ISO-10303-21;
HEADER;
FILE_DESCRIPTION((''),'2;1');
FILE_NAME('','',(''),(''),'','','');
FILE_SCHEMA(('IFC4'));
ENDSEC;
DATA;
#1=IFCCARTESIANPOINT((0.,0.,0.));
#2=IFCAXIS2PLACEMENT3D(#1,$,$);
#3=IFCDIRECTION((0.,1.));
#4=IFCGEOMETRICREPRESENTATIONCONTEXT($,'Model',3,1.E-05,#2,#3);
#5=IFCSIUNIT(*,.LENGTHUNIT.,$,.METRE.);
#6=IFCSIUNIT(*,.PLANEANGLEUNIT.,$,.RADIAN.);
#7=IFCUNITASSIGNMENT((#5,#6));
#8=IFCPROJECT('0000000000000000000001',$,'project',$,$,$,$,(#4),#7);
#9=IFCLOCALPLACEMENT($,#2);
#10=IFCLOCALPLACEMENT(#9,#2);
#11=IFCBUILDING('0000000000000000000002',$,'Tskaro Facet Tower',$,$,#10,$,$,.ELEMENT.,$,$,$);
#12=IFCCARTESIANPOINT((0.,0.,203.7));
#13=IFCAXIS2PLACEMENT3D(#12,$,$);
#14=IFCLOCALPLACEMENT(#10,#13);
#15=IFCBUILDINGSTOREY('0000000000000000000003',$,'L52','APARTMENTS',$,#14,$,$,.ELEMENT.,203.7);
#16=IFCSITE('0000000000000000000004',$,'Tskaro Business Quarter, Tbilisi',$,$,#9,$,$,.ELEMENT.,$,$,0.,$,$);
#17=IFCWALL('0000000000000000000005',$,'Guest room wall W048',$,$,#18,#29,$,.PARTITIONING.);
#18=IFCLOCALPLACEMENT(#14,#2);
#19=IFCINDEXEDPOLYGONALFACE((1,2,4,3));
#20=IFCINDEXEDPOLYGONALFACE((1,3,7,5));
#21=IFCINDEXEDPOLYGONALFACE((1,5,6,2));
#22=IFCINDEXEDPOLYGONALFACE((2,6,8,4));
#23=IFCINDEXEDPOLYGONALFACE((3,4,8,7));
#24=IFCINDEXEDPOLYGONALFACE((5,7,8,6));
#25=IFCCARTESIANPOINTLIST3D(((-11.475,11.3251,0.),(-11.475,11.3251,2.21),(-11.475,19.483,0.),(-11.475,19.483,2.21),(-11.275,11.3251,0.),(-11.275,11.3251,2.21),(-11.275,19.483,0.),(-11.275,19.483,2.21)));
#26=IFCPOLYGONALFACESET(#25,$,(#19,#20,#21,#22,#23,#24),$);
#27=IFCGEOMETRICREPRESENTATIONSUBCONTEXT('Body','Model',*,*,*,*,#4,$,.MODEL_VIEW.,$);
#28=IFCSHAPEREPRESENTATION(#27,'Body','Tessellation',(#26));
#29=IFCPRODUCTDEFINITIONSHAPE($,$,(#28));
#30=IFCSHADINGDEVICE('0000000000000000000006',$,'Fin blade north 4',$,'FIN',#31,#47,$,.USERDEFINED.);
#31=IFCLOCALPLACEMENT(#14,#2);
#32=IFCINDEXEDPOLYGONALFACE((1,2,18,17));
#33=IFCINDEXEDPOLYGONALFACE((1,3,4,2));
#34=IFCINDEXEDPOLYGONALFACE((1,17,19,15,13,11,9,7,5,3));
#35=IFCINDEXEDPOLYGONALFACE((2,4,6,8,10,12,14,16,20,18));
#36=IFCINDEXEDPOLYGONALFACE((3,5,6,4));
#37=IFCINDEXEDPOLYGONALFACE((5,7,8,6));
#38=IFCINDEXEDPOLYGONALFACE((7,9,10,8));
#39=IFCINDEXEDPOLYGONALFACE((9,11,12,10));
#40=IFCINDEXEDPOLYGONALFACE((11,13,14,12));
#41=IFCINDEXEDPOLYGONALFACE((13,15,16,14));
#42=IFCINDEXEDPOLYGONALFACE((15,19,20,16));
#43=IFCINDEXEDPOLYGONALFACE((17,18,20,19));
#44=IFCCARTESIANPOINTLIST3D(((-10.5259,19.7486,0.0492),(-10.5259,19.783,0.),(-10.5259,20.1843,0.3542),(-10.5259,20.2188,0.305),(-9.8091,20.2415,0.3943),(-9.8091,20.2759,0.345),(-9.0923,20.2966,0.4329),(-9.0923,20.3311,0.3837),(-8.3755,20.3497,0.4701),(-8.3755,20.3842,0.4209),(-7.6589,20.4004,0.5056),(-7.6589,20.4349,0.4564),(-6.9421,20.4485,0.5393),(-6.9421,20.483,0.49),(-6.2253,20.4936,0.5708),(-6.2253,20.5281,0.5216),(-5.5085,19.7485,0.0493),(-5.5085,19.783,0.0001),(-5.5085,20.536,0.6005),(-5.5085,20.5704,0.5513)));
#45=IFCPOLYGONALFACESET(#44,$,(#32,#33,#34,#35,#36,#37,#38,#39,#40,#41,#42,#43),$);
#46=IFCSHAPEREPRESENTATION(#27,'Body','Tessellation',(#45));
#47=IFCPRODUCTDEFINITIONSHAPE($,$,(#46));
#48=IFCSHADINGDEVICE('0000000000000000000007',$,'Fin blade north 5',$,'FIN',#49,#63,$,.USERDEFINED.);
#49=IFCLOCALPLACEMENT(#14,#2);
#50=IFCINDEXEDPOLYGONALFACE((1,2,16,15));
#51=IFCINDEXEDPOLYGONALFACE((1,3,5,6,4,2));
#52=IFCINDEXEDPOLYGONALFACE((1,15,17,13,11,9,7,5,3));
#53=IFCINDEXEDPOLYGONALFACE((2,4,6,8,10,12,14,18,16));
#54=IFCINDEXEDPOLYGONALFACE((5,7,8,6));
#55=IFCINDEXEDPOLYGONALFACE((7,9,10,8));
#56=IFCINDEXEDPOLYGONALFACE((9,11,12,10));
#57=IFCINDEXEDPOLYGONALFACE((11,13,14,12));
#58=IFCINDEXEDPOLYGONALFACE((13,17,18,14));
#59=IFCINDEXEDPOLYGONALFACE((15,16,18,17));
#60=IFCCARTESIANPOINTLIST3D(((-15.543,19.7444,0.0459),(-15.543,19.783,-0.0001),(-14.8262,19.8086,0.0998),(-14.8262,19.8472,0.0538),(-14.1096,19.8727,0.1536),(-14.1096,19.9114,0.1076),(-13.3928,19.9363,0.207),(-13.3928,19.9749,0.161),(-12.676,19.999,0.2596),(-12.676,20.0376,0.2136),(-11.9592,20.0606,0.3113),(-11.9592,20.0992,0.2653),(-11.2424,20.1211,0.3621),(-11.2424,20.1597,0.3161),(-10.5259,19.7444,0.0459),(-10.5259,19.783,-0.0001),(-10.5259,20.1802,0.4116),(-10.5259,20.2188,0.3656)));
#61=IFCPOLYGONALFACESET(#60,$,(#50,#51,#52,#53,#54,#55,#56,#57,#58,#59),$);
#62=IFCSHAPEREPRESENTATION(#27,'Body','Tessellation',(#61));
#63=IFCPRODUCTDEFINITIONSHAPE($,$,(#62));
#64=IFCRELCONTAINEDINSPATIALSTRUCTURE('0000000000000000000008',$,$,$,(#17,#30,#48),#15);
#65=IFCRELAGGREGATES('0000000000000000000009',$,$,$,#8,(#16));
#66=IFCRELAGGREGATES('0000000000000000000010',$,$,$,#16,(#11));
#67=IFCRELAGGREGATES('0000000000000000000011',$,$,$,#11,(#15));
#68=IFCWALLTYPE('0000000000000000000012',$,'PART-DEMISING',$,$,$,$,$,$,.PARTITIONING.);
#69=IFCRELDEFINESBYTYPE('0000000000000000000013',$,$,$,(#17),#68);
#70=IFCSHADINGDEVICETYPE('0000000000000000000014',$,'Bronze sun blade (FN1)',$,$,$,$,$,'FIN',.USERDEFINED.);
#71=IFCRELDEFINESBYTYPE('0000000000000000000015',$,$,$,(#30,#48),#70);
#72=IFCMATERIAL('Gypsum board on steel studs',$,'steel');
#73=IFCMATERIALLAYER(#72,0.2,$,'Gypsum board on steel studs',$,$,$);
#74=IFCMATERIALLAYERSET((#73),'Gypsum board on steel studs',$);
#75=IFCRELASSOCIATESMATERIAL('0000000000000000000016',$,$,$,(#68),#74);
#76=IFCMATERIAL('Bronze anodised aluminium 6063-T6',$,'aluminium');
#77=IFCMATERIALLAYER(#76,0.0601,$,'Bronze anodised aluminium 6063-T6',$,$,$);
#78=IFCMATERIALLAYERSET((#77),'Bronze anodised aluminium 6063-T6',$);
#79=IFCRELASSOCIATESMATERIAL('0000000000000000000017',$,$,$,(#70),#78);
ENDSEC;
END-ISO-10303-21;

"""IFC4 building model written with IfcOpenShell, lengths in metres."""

from ifc_helpers import new_model, si_unit, direction, frame, frame_2d, origin, place, context, subcontext, project, spatial, polyline, rectangle, outline, extrude, material, layer, layer_set, type_object, element, save


model = new_model("IFC4")

# Units and contexts
model_context = context("Model", 3, precision=1e-05, world=origin(), true_north=direction((0.0, 1.0)))
body_context = subcontext(model_context, "Body", "Model", "MODEL_VIEW")
ifc_project = project(units=[si_unit("LENGTHUNIT", "METRE"), si_unit("PLANEANGLEUNIT", "RADIAN")], contexts=[model_context])

# Site, building, storey
site_placement = place(None, origin())
site = spatial("IfcSite", under=ifc_project, at=site_placement, Name="Tskaro Business Quarter, Tbilisi", CompositionType="ELEMENT", RefElevation=0.0)
building_placement = place(site_placement, origin())
building = spatial("IfcBuilding", under=site, at=building_placement, Name="Tskaro Facet Tower", CompositionType="ELEMENT")
storey_placement = place(building_placement, frame((0.0, 0.0, 203.7)))
storey = spatial("IfcBuildingStorey", under=building, at=storey_placement, Name="L52", Description="APARTMENTS", CompositionType="ELEMENT", Elevation=203.7)

# Shared definitions
ifc_material_1 = material(Name="Bronze anodised aluminium 6063-T6", Category="aluminium")

# Shared definitions
ifc_material_2 = material(Name="Gypsum board on steel studs", Category="steel")

# Wall
ifc_layer_1 = layer(ifc_material_2, 0.2, Name="Gypsum board on steel studs")
ifc_layer_set_1 = layer_set([ifc_layer_1], Name="Gypsum board on steel studs")
wall_type_1 = type_object("IfcWallType", Name="PART-DEMISING", PredefinedType="PARTITIONING", material=ifc_layer_set_1)
wall_1_placement = place(storey_placement, frame((-11.375, 11.325, 0.0), z_axis=(0.0, 0.0, 1.0), x_axis=(0.0, 1.0, 0.0)))
element("IfcWall", 1, at=wall_1_placement, inside=storey, type_object=wall_type_1, Name="Guest room wall W048", PredefinedType="PARTITIONING", context=body_context, shape_type="SweptSolid", body=[
    extrude(rectangle(XDim=8.158, YDim=0.2, at=frame_2d((4.0791, 0.0))), origin(), (0.0, 0.0, 1.0), 2.21),
])

# Shading devices
ifc_layer_2 = layer(ifc_material_1, 0.0601, Name="Bronze anodised aluminium 6063-T6")
ifc_layer_set_2 = layer_set([ifc_layer_2], Name="Bronze anodised aluminium 6063-T6")
shading_device_type = type_object("IfcShadingDeviceType", Name="Bronze sun blade (FN1)", ElementType="FIN", PredefinedType="USERDEFINED", material=ifc_layer_set_2)
shading_device_1_placement = place(storey_placement, frame((-5.5085, 19.7485, 0.0493), z_axis=(-0.000021, -0.573447, 0.819243), x_axis=(-1.0, 0.000012, -0.000018)))
element("IfcShadingDevice", 2, at=shading_device_1_placement, inside=storey, type_object=shading_device_type, Name="Fin blade north 4", ObjectType="FIN", PredefinedType="USERDEFINED", context=body_context, shape_type="SweptSolid", body=[
    extrude(outline(polyline([(0.0, 0.0), (5.0173, 0.0), (5.0173, -0.5319), (4.3005, -0.6016), (3.5837, -0.669), (2.8669, -0.7338), (2.1504, -0.7957), (1.4336, -0.8544), (0.7168, -0.9095), (0.0, -0.9612), (0.0, 0.0)])), origin(), (0.0, 0.0, -1.0), 0.0601),
])
shading_device_2_placement = place(storey_placement, frame((-10.5259, 19.7444, 0.0459), z_axis=(0.000002, -0.642857, 0.765986), x_axis=(-1.0, -0.000002, 0.000002)))
element("IfcShadingDevice", 3, at=shading_device_2_placement, inside=storey, type_object=shading_device_type, Name="Fin blade north 5", ObjectType="FIN", PredefinedType="USERDEFINED", context=body_context, shape_type="SweptSolid", body=[
    extrude(outline(polyline([(0.0, 0.0), (5.0171, 0.0), (4.3003, -0.0839), (3.5837, -0.1676), (2.8669, -0.2506), (2.1501, -0.3324), (1.4333, -0.4128), (0.7166, -0.4918), (0.0, -0.5689), (0.0, 0.0)])), origin(), (0.0, 0.0, -1.0), 0.0601),
])

save(model, "model.ifc")
